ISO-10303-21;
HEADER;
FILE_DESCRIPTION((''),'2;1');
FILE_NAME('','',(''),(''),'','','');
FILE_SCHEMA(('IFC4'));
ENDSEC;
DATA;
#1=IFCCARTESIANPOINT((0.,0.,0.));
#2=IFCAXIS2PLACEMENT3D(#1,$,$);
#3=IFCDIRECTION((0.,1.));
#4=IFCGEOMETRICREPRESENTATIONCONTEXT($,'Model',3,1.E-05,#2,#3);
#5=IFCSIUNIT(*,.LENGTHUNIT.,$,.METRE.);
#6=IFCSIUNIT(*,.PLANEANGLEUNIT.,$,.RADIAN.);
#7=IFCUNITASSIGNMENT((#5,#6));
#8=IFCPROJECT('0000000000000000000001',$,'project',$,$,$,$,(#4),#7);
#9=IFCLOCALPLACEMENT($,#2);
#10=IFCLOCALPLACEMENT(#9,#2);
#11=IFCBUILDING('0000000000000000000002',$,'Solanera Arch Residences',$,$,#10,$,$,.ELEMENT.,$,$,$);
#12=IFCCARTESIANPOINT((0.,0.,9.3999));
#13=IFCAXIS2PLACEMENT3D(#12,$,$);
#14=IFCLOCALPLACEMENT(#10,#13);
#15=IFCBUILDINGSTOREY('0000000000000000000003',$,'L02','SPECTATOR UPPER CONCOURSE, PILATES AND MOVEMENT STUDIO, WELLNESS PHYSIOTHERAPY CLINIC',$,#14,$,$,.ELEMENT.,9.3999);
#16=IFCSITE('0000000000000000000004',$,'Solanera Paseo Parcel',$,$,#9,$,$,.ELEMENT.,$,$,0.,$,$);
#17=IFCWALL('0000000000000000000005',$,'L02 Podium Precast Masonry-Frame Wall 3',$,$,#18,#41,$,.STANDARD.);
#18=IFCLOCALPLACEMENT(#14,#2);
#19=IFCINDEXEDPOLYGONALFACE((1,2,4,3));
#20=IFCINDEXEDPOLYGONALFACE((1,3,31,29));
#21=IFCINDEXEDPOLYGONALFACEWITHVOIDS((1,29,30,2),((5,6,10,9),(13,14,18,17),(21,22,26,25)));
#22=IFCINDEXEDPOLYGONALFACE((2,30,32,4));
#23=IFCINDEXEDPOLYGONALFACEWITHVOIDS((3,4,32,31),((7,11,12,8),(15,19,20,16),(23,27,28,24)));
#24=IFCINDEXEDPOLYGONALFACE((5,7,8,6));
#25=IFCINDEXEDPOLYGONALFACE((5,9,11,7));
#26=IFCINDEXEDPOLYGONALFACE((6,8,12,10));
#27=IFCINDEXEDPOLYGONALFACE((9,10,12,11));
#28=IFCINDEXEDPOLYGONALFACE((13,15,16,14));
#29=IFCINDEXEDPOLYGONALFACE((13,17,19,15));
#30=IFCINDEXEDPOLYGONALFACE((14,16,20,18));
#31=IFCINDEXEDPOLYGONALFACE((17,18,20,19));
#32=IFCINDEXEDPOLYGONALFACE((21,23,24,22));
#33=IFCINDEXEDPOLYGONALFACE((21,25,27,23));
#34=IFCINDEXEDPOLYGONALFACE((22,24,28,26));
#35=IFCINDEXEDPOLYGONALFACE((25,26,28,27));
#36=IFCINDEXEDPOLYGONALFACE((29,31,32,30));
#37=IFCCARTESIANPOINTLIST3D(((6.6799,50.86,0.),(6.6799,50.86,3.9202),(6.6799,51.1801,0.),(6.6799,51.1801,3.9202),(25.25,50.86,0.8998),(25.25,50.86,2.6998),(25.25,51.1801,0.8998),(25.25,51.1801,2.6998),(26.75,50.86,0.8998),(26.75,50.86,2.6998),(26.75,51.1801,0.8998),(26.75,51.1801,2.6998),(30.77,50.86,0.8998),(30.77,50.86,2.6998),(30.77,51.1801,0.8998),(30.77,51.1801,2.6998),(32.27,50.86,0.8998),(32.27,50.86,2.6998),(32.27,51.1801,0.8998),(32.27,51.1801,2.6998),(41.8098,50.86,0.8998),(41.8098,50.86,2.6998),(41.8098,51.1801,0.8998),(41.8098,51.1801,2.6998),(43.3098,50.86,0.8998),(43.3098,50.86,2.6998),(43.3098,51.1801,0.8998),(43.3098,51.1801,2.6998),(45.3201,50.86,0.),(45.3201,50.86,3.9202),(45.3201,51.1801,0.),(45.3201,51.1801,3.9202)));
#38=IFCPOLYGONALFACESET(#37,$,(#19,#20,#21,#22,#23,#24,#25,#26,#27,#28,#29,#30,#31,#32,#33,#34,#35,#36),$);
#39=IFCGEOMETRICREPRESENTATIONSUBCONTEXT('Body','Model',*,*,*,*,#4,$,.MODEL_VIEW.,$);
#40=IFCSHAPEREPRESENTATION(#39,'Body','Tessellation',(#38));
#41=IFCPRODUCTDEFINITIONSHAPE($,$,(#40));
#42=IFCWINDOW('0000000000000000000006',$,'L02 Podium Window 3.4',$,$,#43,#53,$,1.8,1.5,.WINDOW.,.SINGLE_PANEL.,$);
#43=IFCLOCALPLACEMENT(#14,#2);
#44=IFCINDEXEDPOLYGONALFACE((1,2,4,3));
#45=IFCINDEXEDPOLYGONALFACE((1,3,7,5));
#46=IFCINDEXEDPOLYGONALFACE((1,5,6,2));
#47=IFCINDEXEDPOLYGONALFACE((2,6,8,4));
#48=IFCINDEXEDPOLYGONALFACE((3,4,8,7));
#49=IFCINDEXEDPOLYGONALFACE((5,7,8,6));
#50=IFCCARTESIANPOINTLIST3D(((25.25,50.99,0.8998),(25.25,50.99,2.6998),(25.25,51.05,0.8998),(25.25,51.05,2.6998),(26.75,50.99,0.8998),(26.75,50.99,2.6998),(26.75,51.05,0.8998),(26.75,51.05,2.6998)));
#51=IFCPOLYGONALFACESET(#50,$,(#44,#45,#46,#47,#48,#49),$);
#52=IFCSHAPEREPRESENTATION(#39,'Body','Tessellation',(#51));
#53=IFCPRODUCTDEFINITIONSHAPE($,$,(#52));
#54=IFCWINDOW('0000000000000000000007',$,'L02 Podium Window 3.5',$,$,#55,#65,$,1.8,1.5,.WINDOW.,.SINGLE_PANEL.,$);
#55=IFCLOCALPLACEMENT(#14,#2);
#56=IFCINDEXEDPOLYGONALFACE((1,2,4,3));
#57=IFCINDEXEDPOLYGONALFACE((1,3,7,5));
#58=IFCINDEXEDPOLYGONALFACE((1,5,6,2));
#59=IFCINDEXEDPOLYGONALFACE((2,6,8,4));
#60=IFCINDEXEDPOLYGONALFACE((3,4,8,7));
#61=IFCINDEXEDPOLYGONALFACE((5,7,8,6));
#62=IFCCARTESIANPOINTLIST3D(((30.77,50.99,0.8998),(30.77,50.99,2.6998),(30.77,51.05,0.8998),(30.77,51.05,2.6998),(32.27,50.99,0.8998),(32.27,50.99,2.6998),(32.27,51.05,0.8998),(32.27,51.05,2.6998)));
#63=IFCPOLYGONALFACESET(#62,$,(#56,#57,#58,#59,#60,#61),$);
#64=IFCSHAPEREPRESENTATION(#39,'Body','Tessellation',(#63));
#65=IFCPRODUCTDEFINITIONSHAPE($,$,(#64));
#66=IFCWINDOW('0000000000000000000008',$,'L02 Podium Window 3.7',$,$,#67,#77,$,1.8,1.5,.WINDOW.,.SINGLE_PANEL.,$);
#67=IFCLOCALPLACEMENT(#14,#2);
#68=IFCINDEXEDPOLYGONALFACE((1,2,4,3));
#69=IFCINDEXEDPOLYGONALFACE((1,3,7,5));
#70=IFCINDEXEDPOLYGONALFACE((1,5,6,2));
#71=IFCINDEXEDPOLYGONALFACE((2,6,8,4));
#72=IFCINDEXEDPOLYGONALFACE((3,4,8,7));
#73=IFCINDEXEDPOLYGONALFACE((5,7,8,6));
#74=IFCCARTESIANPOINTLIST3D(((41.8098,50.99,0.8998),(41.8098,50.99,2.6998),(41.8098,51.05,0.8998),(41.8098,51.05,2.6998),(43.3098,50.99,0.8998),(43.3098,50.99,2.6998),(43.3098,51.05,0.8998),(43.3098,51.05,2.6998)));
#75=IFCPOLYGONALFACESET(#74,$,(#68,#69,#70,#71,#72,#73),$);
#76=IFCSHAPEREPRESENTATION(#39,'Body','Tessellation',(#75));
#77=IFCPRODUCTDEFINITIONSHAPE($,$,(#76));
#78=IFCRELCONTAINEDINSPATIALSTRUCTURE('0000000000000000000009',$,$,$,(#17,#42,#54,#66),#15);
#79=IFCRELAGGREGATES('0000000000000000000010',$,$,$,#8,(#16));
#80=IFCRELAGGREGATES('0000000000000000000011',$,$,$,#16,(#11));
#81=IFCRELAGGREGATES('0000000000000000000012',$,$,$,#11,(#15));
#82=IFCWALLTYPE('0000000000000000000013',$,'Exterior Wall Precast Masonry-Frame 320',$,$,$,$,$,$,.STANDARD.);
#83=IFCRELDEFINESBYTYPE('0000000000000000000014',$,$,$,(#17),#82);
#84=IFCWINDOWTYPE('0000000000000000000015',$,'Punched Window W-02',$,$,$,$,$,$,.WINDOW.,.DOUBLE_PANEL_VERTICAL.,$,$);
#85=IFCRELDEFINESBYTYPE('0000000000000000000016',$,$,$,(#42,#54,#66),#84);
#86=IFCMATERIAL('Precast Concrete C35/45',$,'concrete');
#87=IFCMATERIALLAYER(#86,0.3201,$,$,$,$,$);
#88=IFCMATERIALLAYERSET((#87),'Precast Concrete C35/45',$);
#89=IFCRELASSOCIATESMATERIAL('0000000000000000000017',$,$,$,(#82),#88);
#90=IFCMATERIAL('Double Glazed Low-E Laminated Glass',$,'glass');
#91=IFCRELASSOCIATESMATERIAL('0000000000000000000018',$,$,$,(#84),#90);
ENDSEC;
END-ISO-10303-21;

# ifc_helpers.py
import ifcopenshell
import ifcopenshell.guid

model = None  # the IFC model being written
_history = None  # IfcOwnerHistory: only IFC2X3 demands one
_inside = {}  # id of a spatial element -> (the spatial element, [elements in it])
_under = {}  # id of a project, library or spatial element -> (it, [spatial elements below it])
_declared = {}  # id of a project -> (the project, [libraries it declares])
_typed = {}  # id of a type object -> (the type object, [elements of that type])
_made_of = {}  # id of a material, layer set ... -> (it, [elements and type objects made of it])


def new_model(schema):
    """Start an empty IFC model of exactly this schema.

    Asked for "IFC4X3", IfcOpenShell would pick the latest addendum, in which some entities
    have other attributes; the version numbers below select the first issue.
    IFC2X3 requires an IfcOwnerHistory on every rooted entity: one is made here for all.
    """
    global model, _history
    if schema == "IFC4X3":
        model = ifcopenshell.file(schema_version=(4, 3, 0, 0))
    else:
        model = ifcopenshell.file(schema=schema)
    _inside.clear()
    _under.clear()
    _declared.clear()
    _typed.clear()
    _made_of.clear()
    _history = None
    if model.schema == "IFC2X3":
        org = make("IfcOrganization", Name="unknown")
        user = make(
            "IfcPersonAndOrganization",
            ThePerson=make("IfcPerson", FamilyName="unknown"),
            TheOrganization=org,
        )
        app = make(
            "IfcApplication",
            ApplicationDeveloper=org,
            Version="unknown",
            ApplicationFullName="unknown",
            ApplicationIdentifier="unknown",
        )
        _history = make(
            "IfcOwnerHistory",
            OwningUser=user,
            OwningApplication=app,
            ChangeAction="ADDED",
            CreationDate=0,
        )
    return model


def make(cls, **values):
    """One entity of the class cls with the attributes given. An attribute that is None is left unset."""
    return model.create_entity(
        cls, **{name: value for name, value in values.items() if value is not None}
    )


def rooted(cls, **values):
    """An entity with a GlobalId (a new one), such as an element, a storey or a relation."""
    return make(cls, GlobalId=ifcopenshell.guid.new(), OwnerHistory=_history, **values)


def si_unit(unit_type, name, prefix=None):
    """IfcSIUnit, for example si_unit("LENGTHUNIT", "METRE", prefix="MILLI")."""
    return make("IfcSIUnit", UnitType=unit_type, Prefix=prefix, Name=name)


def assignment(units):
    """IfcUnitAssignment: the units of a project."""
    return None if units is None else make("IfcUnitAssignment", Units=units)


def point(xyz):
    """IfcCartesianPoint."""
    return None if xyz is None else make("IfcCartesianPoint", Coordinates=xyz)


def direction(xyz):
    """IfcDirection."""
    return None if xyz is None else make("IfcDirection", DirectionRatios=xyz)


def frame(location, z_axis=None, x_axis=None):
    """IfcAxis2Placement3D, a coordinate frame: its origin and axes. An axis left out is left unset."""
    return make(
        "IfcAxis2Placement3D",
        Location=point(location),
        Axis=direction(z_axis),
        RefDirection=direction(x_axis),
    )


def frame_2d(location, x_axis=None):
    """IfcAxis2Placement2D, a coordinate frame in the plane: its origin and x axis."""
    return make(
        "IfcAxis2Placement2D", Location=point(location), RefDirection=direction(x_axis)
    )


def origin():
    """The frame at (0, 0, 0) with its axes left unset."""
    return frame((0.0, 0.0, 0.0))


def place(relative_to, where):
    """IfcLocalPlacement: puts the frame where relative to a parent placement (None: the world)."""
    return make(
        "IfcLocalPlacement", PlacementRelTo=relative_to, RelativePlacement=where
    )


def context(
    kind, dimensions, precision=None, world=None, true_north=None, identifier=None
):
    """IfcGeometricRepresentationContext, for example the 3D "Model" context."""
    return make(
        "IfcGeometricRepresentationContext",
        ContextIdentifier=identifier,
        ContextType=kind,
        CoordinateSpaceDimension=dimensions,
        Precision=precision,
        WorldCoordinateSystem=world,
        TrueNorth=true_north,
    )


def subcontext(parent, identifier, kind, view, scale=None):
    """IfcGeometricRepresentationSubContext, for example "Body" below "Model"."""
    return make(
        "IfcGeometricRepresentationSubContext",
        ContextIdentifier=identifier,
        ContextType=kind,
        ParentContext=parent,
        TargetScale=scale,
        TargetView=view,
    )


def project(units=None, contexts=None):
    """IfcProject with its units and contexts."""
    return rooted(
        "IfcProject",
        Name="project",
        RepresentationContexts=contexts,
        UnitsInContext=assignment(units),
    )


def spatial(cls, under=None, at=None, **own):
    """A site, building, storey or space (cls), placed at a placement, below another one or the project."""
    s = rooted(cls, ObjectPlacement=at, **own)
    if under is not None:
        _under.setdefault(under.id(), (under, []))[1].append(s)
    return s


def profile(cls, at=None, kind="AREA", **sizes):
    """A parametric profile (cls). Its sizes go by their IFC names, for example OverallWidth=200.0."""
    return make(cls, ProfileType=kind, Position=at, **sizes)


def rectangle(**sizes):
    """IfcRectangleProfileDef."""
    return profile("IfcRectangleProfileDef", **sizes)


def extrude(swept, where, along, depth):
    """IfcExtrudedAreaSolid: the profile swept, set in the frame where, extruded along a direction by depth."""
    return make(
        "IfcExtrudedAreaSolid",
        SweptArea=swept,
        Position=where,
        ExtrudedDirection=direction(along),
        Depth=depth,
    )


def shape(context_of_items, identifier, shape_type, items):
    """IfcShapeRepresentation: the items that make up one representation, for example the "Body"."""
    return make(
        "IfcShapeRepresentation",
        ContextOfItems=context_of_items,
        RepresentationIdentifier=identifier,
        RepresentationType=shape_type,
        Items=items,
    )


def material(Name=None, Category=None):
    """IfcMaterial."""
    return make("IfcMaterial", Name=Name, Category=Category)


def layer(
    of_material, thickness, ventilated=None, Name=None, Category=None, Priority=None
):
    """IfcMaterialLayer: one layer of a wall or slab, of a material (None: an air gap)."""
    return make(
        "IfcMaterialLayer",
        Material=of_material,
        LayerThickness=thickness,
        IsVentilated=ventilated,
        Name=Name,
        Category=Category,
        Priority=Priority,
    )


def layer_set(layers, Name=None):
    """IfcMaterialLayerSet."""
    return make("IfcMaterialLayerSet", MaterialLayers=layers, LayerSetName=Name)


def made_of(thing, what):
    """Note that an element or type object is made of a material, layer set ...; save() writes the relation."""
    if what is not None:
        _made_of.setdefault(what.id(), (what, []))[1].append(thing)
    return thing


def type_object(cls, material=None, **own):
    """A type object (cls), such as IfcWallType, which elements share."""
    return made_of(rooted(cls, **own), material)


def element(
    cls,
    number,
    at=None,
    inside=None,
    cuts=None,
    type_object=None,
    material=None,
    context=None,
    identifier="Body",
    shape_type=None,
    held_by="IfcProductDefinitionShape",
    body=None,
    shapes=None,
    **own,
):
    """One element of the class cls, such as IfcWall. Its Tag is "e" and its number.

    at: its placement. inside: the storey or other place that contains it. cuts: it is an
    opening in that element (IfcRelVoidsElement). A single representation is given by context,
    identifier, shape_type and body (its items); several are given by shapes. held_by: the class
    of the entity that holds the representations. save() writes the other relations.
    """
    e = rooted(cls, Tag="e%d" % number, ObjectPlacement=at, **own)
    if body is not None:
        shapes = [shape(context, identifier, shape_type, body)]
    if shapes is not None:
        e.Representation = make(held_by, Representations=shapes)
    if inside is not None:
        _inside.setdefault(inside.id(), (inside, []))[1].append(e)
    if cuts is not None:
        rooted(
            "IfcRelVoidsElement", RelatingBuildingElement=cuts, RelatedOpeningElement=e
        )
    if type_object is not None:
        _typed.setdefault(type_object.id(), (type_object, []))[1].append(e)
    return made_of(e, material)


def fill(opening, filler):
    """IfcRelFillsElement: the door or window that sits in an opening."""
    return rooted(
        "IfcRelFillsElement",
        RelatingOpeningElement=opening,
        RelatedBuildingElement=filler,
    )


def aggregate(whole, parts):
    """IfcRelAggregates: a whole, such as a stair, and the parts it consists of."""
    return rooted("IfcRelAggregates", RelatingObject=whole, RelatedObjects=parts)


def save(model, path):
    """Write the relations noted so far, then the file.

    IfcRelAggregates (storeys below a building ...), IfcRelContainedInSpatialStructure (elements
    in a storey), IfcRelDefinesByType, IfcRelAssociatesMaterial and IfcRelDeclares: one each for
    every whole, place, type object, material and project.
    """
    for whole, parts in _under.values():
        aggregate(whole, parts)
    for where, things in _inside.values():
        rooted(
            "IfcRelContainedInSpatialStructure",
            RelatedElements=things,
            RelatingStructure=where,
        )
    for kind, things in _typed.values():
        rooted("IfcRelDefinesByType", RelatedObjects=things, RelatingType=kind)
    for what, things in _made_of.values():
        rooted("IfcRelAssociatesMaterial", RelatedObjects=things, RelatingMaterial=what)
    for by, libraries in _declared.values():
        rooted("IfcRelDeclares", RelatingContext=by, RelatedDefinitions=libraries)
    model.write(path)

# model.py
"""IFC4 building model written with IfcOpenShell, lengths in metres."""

from ifc_helpers import new_model, si_unit, direction, frame, frame_2d, origin, place, context, subcontext, project, spatial, rectangle, extrude, material, layer, layer_set, type_object, element, fill, save


model = new_model("IFC4")

# Units and contexts
model_context = context("Model", 3, precision=1e-05, world=origin(), true_north=direction((0.0, 1.0)))
body_context = subcontext(model_context, "Body", "Model", "MODEL_VIEW")
ifc_project = project(units=[si_unit("LENGTHUNIT", "METRE"), si_unit("PLANEANGLEUNIT", "RADIAN")], contexts=[model_context])

# Site, building, storey
site_placement = place(None, origin())
site = spatial("IfcSite", under=ifc_project, at=site_placement, Name="Solanera Paseo Parcel", CompositionType="ELEMENT", RefElevation=0.0)
building_placement = place(site_placement, origin())
building = spatial("IfcBuilding", under=site, at=building_placement, Name="Solanera Arch Residences", CompositionType="ELEMENT")
storey_placement = place(building_placement, frame((0.0, 0.0, 9.3999)))
storey = spatial("IfcBuildingStorey", under=building, at=storey_placement, Name="L02", Description="SPECTATOR UPPER CONCOURSE, PILATES AND MOVEMENT STUDIO, WELLNESS PHYSIOTHERAPY CLINIC", CompositionType="ELEMENT", Elevation=9.3999)

# Shared definitions
ifc_material_1 = material(Name="Precast Concrete C35/45", Category="concrete")
ifc_layer_1 = layer(ifc_material_1, 0.3201)
ifc_layer_set_1 = layer_set([ifc_layer_1], Name="Precast Concrete C35/45")
wall_type_1 = type_object("IfcWallType", Name="Exterior Wall Precast Masonry-Frame 320", PredefinedType="STANDARD", material=ifc_layer_set_1)

# Wall, openings, windows
wall_1_placement = place(storey_placement, frame((6.6799, 51.02, 0.0), z_axis=(0.0, 0.0, 1.0), x_axis=(1.0, 0.0, 0.0)))
wall_1 = element("IfcWall", 1, at=wall_1_placement, inside=storey, type_object=wall_type_1, Name="L02 Podium Precast Masonry-Frame Wall 3", PredefinedType="STANDARD", context=body_context, shape_type="SweptSolid", body=[
    extrude(rectangle(XDim=38.6401, YDim=0.3201, at=frame_2d((19.3201, 0.0))), origin(), (0.0, 0.0, 1.0), 3.9202),
])
opening_1_placement = place(wall_1_placement, frame((18.5701, 0.0, 0.8999)))
opening_1 = element("IfcOpeningElement", 2, at=opening_1_placement, cuts=wall_1, PredefinedType="OPENING", context=body_context, shape_type="SweptSolid", body=[
    extrude(rectangle(XDim=1.5, YDim=1.8, at=frame_2d((0.75, 0.8999))), frame((0.0, 0.1699, 0.0), z_axis=(0.0, -1.0, 0.0), x_axis=(1.0, 0.0, 0.0)), (0.0, 0.0, 1.0), 0.3401),
])
opening_2_placement = place(wall_1_placement, frame((24.0901, 0.0, 0.8999)))
opening_2 = element("IfcOpeningElement", 3, at=opening_2_placement, cuts=wall_1, PredefinedType="OPENING", context=body_context, shape_type="SweptSolid", body=[
    extrude(rectangle(XDim=1.5, YDim=1.8, at=frame_2d((0.75, 0.8999))), frame((0.0, 0.1699, 0.0), z_axis=(0.0, -1.0, 0.0), x_axis=(1.0, 0.0, 0.0)), (0.0, 0.0, 1.0), 0.3401),
])
opening_3_placement = place(wall_1_placement, frame((35.1299, 0.0, 0.8999)))
opening_3 = element("IfcOpeningElement", 4, at=opening_3_placement, cuts=wall_1, PredefinedType="OPENING", context=body_context, shape_type="SweptSolid", body=[
    extrude(rectangle(XDim=1.5, YDim=1.8, at=frame_2d((0.75, 0.8999))), frame((0.0, 0.1699, 0.0), z_axis=(0.0, -1.0, 0.0), x_axis=(1.0, 0.0, 0.0)), (0.0, 0.0, 1.0), 0.3401),
])
ifc_material_2 = material(Name="Double Glazed Low-E Laminated Glass", Category="glass")
window_type = type_object("IfcWindowType", Name="Punched Window W-02", PartitioningType="DOUBLE_PANEL_VERTICAL", PredefinedType="WINDOW", material=ifc_material_2)
window_1_placement = place(opening_1_placement, origin())
window_1 = element("IfcWindow", 5, at=window_1_placement, inside=storey, type_object=window_type, Name="L02 Podium Window 3.4", OverallHeight=1.8, OverallWidth=1.5, PartitioningType="SINGLE_PANEL", PredefinedType="WINDOW", context=body_context, shape_type="SweptSolid", body=[
    extrude(rectangle(XDim=1.5, YDim=1.8, at=frame_2d((0.75, 0.8999))), frame((0.0, 0.03, 0.0), z_axis=(0.0, -1.0, 0.0), x_axis=(1.0, 0.0, 0.0)), (0.0, 0.0, 1.0), 0.0601),
])
fill(opening_1, window_1)
window_2_placement = place(opening_2_placement, origin())
window_2 = element("IfcWindow", 6, at=window_2_placement, inside=storey, type_object=window_type, Name="L02 Podium Window 3.5", OverallHeight=1.8, OverallWidth=1.5, PartitioningType="SINGLE_PANEL", PredefinedType="WINDOW", context=body_context, shape_type="SweptSolid", body=[
    extrude(rectangle(XDim=1.5, YDim=1.8, at=frame_2d((0.75, 0.8999))), frame((0.0, 0.03, 0.0), z_axis=(0.0, -1.0, 0.0), x_axis=(1.0, 0.0, 0.0)), (0.0, 0.0, 1.0), 0.0601),
])
fill(opening_2, window_2)
window_3_placement = place(opening_3_placement, origin())
window_3 = element("IfcWindow", 7, at=window_3_placement, inside=storey, type_object=window_type, Name="L02 Podium Window 3.7", OverallHeight=1.8, OverallWidth=1.5, PartitioningType="SINGLE_PANEL", PredefinedType="WINDOW", context=body_context, shape_type="SweptSolid", body=[
    extrude(rectangle(XDim=1.5, YDim=1.8, at=frame_2d((0.75, 0.8999))), frame((0.0, 0.03, 0.0), z_axis=(0.0, -1.0, 0.0), x_axis=(1.0, 0.0, 0.0)), (0.0, 0.0, 1.0), 0.0601),
])
fill(opening_3, window_3)

save(model, "model.ifc")
